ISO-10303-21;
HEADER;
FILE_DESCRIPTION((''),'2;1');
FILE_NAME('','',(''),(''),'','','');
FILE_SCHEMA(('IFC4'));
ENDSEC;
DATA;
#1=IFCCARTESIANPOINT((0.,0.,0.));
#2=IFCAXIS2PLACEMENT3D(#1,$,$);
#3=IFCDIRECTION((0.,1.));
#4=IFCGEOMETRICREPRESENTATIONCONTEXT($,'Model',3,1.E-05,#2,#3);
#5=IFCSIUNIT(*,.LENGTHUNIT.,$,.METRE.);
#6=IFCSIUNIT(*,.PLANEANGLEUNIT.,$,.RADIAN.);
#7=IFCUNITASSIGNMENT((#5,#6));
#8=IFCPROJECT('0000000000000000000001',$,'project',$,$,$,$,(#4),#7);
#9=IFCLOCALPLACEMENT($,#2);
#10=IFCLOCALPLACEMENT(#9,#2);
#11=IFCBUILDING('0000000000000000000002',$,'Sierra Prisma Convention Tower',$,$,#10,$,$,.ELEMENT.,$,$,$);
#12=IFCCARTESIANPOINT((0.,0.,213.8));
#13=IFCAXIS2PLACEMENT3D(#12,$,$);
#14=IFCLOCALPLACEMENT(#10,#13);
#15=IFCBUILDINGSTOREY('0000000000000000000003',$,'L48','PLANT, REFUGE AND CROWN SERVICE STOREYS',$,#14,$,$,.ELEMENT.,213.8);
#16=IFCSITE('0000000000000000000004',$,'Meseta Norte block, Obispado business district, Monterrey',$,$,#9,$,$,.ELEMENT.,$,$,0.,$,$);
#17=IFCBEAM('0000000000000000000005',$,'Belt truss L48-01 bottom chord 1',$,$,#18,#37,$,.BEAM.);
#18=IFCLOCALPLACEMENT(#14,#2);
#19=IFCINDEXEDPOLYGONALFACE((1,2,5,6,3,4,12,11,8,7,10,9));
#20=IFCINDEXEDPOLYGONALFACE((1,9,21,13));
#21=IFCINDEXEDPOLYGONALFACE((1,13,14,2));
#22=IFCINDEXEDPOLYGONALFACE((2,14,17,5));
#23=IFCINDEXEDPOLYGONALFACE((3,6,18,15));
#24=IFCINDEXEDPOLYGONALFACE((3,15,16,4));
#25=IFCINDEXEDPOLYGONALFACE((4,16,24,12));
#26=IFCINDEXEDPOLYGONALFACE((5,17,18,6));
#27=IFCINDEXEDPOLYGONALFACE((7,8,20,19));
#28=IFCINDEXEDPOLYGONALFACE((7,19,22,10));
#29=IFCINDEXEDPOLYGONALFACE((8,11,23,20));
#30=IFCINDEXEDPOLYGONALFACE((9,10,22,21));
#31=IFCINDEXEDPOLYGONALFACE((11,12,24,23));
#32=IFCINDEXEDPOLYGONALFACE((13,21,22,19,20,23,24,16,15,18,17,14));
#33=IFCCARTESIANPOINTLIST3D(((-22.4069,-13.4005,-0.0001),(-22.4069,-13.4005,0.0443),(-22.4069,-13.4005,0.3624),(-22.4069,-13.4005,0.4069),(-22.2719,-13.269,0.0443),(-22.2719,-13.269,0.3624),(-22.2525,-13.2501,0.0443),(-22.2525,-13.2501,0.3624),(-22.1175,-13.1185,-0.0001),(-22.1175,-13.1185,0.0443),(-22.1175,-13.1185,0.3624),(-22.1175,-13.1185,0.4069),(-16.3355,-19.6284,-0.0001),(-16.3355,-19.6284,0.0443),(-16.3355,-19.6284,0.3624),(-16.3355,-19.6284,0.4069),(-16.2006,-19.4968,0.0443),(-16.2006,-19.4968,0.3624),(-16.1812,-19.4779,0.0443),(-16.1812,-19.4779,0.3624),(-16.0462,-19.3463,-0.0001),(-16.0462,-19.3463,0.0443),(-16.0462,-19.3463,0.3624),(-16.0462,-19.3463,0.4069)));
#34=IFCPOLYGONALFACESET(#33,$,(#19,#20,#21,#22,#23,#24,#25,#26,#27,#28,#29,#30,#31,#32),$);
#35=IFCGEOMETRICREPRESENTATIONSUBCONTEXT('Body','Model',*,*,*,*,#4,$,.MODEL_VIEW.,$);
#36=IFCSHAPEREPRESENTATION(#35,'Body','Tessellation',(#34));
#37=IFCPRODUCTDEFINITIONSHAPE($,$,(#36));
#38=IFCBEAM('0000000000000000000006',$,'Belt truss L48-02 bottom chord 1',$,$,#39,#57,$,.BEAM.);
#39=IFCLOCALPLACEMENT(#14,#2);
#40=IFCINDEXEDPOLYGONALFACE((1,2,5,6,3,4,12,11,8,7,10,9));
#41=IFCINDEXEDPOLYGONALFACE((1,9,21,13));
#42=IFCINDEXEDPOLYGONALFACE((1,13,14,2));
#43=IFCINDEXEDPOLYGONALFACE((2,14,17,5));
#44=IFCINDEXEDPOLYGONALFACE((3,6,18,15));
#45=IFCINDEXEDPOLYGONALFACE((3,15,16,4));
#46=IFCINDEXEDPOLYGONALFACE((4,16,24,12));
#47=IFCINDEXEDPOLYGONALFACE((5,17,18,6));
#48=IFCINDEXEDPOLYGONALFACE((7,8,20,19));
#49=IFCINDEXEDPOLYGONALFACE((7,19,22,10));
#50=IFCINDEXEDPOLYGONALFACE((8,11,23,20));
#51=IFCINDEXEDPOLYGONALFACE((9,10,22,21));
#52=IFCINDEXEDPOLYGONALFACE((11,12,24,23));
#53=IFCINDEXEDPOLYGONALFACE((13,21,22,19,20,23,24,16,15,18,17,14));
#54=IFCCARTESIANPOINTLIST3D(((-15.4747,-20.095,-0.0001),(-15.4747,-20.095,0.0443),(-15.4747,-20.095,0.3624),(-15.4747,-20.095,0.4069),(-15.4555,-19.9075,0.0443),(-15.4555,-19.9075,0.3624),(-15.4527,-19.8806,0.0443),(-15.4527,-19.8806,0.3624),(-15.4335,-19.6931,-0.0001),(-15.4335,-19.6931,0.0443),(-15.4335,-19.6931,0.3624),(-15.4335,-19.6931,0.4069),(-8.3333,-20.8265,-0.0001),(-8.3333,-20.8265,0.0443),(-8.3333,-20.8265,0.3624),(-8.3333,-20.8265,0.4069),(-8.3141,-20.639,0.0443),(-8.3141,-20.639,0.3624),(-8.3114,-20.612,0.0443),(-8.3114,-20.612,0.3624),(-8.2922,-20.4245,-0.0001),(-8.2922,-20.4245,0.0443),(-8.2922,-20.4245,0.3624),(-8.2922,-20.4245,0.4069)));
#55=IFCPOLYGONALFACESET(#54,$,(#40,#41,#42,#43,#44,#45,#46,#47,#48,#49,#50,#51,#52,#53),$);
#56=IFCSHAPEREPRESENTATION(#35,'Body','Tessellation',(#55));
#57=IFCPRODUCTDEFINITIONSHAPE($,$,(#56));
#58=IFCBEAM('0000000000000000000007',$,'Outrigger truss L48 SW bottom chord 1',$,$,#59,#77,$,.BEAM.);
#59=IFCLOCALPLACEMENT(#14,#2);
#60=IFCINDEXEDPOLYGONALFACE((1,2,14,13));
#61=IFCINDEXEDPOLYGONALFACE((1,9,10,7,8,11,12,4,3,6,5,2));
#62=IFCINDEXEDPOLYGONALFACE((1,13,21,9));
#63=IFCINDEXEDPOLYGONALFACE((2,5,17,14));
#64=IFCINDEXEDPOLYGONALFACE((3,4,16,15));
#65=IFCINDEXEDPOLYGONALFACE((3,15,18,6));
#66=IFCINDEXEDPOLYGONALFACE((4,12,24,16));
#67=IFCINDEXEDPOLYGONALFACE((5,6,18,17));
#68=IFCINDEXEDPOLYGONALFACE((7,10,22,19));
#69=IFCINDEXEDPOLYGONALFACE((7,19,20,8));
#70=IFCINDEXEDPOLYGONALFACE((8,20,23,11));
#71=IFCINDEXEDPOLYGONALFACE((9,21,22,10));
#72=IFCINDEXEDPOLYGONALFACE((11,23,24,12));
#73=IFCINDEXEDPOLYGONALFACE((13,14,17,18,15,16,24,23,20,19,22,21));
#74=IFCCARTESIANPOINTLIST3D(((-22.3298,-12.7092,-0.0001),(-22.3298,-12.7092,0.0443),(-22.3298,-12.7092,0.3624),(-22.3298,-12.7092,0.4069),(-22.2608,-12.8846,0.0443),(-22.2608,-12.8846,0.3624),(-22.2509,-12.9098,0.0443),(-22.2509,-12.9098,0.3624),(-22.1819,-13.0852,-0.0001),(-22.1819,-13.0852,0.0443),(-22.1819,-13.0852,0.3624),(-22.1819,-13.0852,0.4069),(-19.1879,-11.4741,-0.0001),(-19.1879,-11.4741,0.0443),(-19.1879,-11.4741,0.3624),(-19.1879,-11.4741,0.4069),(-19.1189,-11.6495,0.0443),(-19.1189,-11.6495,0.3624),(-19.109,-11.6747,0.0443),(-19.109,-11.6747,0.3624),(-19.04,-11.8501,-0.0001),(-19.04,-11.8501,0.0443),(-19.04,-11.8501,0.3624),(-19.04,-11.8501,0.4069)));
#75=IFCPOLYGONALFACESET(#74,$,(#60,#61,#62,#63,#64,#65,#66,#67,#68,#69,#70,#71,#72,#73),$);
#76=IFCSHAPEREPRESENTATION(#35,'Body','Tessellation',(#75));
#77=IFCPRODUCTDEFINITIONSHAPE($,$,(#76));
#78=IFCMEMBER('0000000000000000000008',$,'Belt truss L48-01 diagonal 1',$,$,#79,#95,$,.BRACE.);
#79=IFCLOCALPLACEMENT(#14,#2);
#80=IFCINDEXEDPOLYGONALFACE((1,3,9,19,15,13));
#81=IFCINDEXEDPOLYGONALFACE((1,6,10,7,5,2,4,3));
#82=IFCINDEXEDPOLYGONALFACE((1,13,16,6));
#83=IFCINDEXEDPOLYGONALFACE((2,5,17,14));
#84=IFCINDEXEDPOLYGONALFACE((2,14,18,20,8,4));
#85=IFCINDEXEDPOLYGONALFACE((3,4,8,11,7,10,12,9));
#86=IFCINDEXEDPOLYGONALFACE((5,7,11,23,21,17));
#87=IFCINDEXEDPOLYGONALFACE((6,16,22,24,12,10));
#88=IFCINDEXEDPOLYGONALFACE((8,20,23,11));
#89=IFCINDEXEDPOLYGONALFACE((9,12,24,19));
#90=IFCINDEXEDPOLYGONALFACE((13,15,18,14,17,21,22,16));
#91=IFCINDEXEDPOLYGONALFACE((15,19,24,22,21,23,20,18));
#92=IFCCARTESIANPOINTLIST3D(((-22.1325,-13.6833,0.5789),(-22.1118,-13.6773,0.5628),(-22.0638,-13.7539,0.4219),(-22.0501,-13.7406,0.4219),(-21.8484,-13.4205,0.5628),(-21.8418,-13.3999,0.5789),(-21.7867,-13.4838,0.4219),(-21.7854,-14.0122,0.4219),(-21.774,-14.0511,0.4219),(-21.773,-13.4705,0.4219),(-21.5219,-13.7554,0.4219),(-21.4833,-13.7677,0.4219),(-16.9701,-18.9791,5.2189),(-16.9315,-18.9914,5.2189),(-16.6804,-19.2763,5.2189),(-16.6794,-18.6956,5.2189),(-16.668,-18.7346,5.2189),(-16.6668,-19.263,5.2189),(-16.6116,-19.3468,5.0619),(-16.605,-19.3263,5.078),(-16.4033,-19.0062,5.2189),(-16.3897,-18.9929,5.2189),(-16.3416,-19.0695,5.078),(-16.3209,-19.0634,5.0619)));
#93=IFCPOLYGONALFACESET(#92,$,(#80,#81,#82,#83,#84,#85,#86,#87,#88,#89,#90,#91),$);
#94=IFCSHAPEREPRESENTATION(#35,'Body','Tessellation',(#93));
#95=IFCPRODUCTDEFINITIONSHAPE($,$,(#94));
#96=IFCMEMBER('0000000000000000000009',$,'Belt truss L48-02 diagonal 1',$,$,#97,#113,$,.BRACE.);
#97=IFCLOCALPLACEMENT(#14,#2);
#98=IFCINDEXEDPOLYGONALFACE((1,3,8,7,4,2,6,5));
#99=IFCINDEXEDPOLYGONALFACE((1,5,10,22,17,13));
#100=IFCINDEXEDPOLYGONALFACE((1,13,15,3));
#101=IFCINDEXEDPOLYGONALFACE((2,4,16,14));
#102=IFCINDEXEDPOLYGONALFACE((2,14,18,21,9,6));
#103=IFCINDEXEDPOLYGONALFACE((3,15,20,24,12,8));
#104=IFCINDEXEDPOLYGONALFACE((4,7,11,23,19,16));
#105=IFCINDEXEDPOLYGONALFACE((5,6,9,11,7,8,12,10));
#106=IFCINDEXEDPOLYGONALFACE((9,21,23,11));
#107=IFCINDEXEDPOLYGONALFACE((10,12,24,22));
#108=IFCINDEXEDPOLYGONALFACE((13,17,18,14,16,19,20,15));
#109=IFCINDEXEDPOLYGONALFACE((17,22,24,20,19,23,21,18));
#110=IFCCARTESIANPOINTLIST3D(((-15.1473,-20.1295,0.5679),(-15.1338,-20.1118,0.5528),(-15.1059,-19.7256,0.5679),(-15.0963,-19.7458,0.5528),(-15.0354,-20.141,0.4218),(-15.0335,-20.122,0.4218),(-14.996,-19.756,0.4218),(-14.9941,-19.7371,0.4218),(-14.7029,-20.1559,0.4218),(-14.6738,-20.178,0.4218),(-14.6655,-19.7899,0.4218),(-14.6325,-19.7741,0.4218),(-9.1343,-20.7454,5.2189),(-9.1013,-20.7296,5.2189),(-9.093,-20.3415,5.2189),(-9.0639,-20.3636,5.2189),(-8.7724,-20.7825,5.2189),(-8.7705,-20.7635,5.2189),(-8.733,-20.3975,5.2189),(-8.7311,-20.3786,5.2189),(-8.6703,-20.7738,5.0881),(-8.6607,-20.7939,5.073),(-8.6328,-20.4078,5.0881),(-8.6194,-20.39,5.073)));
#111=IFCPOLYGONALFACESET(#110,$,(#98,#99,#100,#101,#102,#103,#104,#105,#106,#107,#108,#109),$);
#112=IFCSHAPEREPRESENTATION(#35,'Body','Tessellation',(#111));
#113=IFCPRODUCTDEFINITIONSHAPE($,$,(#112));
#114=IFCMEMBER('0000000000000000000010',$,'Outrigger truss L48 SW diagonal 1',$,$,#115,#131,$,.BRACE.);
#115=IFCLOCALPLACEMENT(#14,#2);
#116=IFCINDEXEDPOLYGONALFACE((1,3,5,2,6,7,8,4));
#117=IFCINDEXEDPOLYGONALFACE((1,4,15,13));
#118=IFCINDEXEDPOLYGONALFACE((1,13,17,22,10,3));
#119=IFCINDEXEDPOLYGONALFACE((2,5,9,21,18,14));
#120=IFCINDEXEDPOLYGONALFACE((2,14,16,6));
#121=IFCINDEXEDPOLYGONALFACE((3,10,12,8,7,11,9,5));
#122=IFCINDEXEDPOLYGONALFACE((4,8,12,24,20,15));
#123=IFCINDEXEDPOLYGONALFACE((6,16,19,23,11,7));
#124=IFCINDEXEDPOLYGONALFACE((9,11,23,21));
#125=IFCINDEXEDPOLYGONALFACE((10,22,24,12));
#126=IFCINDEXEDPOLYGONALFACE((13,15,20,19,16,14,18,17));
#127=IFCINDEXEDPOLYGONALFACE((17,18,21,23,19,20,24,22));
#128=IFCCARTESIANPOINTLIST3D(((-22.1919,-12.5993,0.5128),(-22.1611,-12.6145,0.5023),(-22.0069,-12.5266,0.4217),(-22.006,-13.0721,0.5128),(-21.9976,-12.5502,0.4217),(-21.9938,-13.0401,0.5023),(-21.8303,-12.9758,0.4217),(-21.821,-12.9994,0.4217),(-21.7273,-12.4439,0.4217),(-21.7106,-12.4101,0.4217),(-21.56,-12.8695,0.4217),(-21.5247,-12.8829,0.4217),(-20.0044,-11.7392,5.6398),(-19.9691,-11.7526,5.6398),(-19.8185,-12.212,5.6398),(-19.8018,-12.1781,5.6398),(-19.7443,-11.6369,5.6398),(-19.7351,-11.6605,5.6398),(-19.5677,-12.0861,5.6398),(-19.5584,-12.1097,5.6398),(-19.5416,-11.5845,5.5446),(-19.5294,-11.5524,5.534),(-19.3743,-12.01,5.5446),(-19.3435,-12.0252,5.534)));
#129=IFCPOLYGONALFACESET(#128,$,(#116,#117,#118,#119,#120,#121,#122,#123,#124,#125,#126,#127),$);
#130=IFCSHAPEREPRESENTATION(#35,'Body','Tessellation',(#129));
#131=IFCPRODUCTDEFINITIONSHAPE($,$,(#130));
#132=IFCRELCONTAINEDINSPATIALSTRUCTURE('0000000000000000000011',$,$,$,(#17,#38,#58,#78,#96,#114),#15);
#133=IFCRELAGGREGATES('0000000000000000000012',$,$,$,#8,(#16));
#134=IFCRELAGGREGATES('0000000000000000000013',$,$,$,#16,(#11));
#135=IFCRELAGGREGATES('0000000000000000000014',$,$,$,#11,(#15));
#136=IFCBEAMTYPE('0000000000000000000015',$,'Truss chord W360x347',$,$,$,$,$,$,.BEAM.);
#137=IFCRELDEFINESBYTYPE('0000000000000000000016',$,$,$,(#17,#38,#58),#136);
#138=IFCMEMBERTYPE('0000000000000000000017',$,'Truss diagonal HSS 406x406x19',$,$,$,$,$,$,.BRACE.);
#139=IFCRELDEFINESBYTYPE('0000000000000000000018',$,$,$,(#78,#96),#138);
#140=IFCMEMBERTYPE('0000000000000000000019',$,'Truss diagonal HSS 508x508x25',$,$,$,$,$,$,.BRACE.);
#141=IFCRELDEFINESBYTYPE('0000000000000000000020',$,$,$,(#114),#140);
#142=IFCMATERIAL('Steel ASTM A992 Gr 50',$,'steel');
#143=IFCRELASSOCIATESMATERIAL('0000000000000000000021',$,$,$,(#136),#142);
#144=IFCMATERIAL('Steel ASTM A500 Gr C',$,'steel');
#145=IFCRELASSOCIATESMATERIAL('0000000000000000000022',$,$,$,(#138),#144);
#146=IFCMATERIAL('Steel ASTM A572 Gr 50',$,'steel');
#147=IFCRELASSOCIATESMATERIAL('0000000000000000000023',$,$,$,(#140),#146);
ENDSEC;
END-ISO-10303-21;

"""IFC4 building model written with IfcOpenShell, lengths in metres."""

from ifc_helpers import new_model, si_unit, direction, frame, origin, origin_2d, place, context, subcontext, project, spatial, hollow_rectangle, i_section, extrude, clip, halfspace, material, material_profile, profile_set, type_object, element, save


model = new_model("IFC4")

# Units and contexts
model_context = context("Model", 3, precision=1e-05, world=origin(), true_north=direction((0.0, 1.0)))
body_context = subcontext(model_context, "Body", "Model", "MODEL_VIEW")
ifc_project = project(units=[si_unit("LENGTHUNIT", "METRE"), si_unit("PLANEANGLEUNIT", "RADIAN")], contexts=[model_context])

# Site, building, storey
site_placement = place(None, origin())
site = spatial("IfcSite", under=ifc_project, at=site_placement, Name="Meseta Norte block, Obispado business district, Monterrey", CompositionType="ELEMENT", RefElevation=0.0)
building_placement = place(site_placement, origin())
building = spatial("IfcBuilding", under=site, at=building_placement, Name="Sierra Prisma Convention Tower", CompositionType="ELEMENT")
storey_placement = place(building_placement, frame((0.0, 0.0, 213.8)))
storey = spatial("IfcBuildingStorey", under=building, at=storey_placement, Name="L48", Description="PLANT, REFUGE AND CROWN SERVICE STOREYS", CompositionType="ELEMENT", Elevation=213.8)

# Beams
ifc_material_1 = material(Name="Steel ASTM A992 Gr 50", Category="steel")
ifc_material_profile_1 = material_profile(ifc_material_1, i_section(OverallWidth=0.4041, OverallDepth=0.407, WebThickness=0.0271, FlangeThickness=0.0444, at=origin_2d()), Name="W360x347")
ifc_profile_set_1 = profile_set([ifc_material_profile_1], Name="Steel ASTM A992 Gr 50")
beam_type_1 = type_object("IfcBeamType", Name="Truss chord W360x347", PredefinedType="BEAM", material=ifc_profile_set_1)
beam_1_placement = place(storey_placement, frame((-22.2622, -13.2595, 0.2034), z_axis=(0.698053, -0.716046, 0.0), x_axis=(0.716046, 0.698053, 0.0)))
element("IfcBeam", 1, at=beam_1_placement, inside=storey, type_object=beam_type_1, Name="Belt truss L48-01 bottom chord 1", PredefinedType="BEAM", context=body_context, shape_type="SweptSolid", body=[
    extrude(i_section(OverallWidth=0.4041, OverallDepth=0.407, WebThickness=0.0271, FlangeThickness=0.0444, at=origin_2d()), origin(), (0.0, 0.0, 1.0), 8.6975),
])
beam_2_placement = place(storey_placement, frame((-15.4541, -19.894, 0.2034), z_axis=(0.994796, -0.101891, 0.0), x_axis=(0.101891, 0.994796, 0.0)))
element("IfcBeam", 2, at=beam_2_placement, inside=storey, type_object=beam_type_1, Name="Belt truss L48-02 bottom chord 1", PredefinedType="BEAM", context=body_context, shape_type="SweptSolid", body=[
    extrude(i_section(OverallWidth=0.4041, OverallDepth=0.407, WebThickness=0.0271, FlangeThickness=0.0444, at=origin_2d()), origin(), (0.0, 0.0, 1.0), 7.1787),
])
beam_3_placement = place(storey_placement, frame((-22.2559, -12.8972, 0.2034), z_axis=(0.93067, 0.36586, 0.0), x_axis=(-0.36586, 0.93067, 0.0)))
element("IfcBeam", 3, at=beam_3_placement, inside=storey, type_object=beam_type_1, Name="Outrigger truss L48 SW bottom chord 1", PredefinedType="BEAM", context=body_context, shape_type="SweptSolid", body=[
    extrude(i_section(OverallWidth=0.4041, OverallDepth=0.407, WebThickness=0.0271, FlangeThickness=0.0444, at=origin_2d()), origin(), (0.0, 0.0, 1.0), 3.376),
])

# Members
ifc_material_2 = material(Name="Steel ASTM A500 Gr C", Category="steel")
ifc_material_profile_2 = material_profile(ifc_material_2, hollow_rectangle(XDim=0.406, YDim=0.406, WallThickness=0.019, at=origin_2d()), Name="Truss diagonal HSS 406x406x19")
ifc_profile_set_2 = profile_set([ifc_material_profile_2], Name="Steel ASTM A500 Gr C")
member_type_1 = type_object("IfcMemberType", Name="Truss diagonal HSS 406x406x19", PredefinedType="BRACE", material=ifc_profile_set_2)
member_1_placement = place(storey_placement, frame((-21.9119, -13.6189, 0.407), z_axis=(0.591296, -0.606564, 0.531459), x_axis=(0.716062, 0.698037, 0.0)))
element("IfcMember", 4, at=member_1_placement, inside=storey, type_object=member_type_1, Name="Belt truss L48-01 diagonal 1", PredefinedType="BRACE", context=body_context, shape_type="SweptSolid", body=[
    clip(clip(extrude(hollow_rectangle(XDim=0.406, YDim=0.406, WallThickness=0.019, at=origin_2d()), origin(), (0.0, 0.0, 1.0), 9.0823), halfspace(frame((0.0, 0.0127, 0.0078), z_axis=(0.0, 0.847084, 0.531459), x_axis=(1.0, 0.0, 0.0)), True)), halfspace(frame((0.0, -0.0127, 9.0745), z_axis=(0.0, -0.847084, -0.531459), x_axis=(1.0, 0.0, 0.0)), True)),
])
member_2_placement = place(storey_placement, frame((-15.0034, -19.9402, 0.407), z_axis=(0.788401, -0.080752, 0.609839), x_axis=(0.101893, 0.994795, 0.0)))
element("IfcMember", 5, at=member_2_placement, inside=storey, type_object=member_type_1, Name="Belt truss L48-02 diagonal 1", PredefinedType="BRACE", context=body_context, shape_type="SweptSolid", body=[
    clip(clip(extrude(hollow_rectangle(XDim=0.406, YDim=0.406, WallThickness=0.019, at=origin_2d()), origin(), (0.0, 0.0, 1.0), 7.915), halfspace(frame((0.0, 0.0117, 0.009), z_axis=(0.0, 0.792526, 0.609839), x_axis=(1.0, 0.0, 0.0)), True)), halfspace(frame((0.0, -0.0117, 7.9058), z_axis=(0.0, -0.792526, -0.609839), x_axis=(1.0, 0.0, 0.0)), True)),
])
ifc_material_3 = material(Name="Steel ASTM A572 Gr 50", Category="steel")
ifc_material_profile_3 = material_profile(ifc_material_3, hollow_rectangle(XDim=0.5081, YDim=0.5081, WallThickness=0.0254, at=origin_2d()), Name="Truss diagonal HSS 508x508x25")
ifc_profile_set_3 = profile_set([ifc_material_profile_3], Name="Steel ASTM A572 Gr 50")
member_type_2 = type_object("IfcMemberType", Name="Truss diagonal HSS 508x508x25", PredefinedType="BRACE", material=ifc_profile_set_3)
member_3_placement = place(storey_placement, frame((-21.884, -12.7512, 0.407), z_axis=(0.387842, 0.152507, 0.909022), x_axis=(-0.365945, 0.930636, 0.0)))
element("IfcMember", 6, at=member_3_placement, inside=storey, type_object=member_type_2, Name="Outrigger truss L48 SW diagonal 1", PredefinedType="BRACE", context=body_context, shape_type="SweptSolid", body=[
    clip(clip(extrude(hollow_rectangle(XDim=0.5081, YDim=0.5081, WallThickness=0.0254, at=origin_2d()), origin(), (0.0, 0.0, 1.0), 5.7566), halfspace(frame((0.0, 0.0061, 0.0134), z_axis=(0.0, 0.416749, 0.909022), x_axis=(1.0, 0.0, 0.0)), True)), halfspace(frame((0.0, 0.0, 5.7566), z_axis=(0.0, -0.416749, -0.909022), x_axis=(1.0, 0.0, 0.0)), True)),
])

save(model, "model.ifc")
